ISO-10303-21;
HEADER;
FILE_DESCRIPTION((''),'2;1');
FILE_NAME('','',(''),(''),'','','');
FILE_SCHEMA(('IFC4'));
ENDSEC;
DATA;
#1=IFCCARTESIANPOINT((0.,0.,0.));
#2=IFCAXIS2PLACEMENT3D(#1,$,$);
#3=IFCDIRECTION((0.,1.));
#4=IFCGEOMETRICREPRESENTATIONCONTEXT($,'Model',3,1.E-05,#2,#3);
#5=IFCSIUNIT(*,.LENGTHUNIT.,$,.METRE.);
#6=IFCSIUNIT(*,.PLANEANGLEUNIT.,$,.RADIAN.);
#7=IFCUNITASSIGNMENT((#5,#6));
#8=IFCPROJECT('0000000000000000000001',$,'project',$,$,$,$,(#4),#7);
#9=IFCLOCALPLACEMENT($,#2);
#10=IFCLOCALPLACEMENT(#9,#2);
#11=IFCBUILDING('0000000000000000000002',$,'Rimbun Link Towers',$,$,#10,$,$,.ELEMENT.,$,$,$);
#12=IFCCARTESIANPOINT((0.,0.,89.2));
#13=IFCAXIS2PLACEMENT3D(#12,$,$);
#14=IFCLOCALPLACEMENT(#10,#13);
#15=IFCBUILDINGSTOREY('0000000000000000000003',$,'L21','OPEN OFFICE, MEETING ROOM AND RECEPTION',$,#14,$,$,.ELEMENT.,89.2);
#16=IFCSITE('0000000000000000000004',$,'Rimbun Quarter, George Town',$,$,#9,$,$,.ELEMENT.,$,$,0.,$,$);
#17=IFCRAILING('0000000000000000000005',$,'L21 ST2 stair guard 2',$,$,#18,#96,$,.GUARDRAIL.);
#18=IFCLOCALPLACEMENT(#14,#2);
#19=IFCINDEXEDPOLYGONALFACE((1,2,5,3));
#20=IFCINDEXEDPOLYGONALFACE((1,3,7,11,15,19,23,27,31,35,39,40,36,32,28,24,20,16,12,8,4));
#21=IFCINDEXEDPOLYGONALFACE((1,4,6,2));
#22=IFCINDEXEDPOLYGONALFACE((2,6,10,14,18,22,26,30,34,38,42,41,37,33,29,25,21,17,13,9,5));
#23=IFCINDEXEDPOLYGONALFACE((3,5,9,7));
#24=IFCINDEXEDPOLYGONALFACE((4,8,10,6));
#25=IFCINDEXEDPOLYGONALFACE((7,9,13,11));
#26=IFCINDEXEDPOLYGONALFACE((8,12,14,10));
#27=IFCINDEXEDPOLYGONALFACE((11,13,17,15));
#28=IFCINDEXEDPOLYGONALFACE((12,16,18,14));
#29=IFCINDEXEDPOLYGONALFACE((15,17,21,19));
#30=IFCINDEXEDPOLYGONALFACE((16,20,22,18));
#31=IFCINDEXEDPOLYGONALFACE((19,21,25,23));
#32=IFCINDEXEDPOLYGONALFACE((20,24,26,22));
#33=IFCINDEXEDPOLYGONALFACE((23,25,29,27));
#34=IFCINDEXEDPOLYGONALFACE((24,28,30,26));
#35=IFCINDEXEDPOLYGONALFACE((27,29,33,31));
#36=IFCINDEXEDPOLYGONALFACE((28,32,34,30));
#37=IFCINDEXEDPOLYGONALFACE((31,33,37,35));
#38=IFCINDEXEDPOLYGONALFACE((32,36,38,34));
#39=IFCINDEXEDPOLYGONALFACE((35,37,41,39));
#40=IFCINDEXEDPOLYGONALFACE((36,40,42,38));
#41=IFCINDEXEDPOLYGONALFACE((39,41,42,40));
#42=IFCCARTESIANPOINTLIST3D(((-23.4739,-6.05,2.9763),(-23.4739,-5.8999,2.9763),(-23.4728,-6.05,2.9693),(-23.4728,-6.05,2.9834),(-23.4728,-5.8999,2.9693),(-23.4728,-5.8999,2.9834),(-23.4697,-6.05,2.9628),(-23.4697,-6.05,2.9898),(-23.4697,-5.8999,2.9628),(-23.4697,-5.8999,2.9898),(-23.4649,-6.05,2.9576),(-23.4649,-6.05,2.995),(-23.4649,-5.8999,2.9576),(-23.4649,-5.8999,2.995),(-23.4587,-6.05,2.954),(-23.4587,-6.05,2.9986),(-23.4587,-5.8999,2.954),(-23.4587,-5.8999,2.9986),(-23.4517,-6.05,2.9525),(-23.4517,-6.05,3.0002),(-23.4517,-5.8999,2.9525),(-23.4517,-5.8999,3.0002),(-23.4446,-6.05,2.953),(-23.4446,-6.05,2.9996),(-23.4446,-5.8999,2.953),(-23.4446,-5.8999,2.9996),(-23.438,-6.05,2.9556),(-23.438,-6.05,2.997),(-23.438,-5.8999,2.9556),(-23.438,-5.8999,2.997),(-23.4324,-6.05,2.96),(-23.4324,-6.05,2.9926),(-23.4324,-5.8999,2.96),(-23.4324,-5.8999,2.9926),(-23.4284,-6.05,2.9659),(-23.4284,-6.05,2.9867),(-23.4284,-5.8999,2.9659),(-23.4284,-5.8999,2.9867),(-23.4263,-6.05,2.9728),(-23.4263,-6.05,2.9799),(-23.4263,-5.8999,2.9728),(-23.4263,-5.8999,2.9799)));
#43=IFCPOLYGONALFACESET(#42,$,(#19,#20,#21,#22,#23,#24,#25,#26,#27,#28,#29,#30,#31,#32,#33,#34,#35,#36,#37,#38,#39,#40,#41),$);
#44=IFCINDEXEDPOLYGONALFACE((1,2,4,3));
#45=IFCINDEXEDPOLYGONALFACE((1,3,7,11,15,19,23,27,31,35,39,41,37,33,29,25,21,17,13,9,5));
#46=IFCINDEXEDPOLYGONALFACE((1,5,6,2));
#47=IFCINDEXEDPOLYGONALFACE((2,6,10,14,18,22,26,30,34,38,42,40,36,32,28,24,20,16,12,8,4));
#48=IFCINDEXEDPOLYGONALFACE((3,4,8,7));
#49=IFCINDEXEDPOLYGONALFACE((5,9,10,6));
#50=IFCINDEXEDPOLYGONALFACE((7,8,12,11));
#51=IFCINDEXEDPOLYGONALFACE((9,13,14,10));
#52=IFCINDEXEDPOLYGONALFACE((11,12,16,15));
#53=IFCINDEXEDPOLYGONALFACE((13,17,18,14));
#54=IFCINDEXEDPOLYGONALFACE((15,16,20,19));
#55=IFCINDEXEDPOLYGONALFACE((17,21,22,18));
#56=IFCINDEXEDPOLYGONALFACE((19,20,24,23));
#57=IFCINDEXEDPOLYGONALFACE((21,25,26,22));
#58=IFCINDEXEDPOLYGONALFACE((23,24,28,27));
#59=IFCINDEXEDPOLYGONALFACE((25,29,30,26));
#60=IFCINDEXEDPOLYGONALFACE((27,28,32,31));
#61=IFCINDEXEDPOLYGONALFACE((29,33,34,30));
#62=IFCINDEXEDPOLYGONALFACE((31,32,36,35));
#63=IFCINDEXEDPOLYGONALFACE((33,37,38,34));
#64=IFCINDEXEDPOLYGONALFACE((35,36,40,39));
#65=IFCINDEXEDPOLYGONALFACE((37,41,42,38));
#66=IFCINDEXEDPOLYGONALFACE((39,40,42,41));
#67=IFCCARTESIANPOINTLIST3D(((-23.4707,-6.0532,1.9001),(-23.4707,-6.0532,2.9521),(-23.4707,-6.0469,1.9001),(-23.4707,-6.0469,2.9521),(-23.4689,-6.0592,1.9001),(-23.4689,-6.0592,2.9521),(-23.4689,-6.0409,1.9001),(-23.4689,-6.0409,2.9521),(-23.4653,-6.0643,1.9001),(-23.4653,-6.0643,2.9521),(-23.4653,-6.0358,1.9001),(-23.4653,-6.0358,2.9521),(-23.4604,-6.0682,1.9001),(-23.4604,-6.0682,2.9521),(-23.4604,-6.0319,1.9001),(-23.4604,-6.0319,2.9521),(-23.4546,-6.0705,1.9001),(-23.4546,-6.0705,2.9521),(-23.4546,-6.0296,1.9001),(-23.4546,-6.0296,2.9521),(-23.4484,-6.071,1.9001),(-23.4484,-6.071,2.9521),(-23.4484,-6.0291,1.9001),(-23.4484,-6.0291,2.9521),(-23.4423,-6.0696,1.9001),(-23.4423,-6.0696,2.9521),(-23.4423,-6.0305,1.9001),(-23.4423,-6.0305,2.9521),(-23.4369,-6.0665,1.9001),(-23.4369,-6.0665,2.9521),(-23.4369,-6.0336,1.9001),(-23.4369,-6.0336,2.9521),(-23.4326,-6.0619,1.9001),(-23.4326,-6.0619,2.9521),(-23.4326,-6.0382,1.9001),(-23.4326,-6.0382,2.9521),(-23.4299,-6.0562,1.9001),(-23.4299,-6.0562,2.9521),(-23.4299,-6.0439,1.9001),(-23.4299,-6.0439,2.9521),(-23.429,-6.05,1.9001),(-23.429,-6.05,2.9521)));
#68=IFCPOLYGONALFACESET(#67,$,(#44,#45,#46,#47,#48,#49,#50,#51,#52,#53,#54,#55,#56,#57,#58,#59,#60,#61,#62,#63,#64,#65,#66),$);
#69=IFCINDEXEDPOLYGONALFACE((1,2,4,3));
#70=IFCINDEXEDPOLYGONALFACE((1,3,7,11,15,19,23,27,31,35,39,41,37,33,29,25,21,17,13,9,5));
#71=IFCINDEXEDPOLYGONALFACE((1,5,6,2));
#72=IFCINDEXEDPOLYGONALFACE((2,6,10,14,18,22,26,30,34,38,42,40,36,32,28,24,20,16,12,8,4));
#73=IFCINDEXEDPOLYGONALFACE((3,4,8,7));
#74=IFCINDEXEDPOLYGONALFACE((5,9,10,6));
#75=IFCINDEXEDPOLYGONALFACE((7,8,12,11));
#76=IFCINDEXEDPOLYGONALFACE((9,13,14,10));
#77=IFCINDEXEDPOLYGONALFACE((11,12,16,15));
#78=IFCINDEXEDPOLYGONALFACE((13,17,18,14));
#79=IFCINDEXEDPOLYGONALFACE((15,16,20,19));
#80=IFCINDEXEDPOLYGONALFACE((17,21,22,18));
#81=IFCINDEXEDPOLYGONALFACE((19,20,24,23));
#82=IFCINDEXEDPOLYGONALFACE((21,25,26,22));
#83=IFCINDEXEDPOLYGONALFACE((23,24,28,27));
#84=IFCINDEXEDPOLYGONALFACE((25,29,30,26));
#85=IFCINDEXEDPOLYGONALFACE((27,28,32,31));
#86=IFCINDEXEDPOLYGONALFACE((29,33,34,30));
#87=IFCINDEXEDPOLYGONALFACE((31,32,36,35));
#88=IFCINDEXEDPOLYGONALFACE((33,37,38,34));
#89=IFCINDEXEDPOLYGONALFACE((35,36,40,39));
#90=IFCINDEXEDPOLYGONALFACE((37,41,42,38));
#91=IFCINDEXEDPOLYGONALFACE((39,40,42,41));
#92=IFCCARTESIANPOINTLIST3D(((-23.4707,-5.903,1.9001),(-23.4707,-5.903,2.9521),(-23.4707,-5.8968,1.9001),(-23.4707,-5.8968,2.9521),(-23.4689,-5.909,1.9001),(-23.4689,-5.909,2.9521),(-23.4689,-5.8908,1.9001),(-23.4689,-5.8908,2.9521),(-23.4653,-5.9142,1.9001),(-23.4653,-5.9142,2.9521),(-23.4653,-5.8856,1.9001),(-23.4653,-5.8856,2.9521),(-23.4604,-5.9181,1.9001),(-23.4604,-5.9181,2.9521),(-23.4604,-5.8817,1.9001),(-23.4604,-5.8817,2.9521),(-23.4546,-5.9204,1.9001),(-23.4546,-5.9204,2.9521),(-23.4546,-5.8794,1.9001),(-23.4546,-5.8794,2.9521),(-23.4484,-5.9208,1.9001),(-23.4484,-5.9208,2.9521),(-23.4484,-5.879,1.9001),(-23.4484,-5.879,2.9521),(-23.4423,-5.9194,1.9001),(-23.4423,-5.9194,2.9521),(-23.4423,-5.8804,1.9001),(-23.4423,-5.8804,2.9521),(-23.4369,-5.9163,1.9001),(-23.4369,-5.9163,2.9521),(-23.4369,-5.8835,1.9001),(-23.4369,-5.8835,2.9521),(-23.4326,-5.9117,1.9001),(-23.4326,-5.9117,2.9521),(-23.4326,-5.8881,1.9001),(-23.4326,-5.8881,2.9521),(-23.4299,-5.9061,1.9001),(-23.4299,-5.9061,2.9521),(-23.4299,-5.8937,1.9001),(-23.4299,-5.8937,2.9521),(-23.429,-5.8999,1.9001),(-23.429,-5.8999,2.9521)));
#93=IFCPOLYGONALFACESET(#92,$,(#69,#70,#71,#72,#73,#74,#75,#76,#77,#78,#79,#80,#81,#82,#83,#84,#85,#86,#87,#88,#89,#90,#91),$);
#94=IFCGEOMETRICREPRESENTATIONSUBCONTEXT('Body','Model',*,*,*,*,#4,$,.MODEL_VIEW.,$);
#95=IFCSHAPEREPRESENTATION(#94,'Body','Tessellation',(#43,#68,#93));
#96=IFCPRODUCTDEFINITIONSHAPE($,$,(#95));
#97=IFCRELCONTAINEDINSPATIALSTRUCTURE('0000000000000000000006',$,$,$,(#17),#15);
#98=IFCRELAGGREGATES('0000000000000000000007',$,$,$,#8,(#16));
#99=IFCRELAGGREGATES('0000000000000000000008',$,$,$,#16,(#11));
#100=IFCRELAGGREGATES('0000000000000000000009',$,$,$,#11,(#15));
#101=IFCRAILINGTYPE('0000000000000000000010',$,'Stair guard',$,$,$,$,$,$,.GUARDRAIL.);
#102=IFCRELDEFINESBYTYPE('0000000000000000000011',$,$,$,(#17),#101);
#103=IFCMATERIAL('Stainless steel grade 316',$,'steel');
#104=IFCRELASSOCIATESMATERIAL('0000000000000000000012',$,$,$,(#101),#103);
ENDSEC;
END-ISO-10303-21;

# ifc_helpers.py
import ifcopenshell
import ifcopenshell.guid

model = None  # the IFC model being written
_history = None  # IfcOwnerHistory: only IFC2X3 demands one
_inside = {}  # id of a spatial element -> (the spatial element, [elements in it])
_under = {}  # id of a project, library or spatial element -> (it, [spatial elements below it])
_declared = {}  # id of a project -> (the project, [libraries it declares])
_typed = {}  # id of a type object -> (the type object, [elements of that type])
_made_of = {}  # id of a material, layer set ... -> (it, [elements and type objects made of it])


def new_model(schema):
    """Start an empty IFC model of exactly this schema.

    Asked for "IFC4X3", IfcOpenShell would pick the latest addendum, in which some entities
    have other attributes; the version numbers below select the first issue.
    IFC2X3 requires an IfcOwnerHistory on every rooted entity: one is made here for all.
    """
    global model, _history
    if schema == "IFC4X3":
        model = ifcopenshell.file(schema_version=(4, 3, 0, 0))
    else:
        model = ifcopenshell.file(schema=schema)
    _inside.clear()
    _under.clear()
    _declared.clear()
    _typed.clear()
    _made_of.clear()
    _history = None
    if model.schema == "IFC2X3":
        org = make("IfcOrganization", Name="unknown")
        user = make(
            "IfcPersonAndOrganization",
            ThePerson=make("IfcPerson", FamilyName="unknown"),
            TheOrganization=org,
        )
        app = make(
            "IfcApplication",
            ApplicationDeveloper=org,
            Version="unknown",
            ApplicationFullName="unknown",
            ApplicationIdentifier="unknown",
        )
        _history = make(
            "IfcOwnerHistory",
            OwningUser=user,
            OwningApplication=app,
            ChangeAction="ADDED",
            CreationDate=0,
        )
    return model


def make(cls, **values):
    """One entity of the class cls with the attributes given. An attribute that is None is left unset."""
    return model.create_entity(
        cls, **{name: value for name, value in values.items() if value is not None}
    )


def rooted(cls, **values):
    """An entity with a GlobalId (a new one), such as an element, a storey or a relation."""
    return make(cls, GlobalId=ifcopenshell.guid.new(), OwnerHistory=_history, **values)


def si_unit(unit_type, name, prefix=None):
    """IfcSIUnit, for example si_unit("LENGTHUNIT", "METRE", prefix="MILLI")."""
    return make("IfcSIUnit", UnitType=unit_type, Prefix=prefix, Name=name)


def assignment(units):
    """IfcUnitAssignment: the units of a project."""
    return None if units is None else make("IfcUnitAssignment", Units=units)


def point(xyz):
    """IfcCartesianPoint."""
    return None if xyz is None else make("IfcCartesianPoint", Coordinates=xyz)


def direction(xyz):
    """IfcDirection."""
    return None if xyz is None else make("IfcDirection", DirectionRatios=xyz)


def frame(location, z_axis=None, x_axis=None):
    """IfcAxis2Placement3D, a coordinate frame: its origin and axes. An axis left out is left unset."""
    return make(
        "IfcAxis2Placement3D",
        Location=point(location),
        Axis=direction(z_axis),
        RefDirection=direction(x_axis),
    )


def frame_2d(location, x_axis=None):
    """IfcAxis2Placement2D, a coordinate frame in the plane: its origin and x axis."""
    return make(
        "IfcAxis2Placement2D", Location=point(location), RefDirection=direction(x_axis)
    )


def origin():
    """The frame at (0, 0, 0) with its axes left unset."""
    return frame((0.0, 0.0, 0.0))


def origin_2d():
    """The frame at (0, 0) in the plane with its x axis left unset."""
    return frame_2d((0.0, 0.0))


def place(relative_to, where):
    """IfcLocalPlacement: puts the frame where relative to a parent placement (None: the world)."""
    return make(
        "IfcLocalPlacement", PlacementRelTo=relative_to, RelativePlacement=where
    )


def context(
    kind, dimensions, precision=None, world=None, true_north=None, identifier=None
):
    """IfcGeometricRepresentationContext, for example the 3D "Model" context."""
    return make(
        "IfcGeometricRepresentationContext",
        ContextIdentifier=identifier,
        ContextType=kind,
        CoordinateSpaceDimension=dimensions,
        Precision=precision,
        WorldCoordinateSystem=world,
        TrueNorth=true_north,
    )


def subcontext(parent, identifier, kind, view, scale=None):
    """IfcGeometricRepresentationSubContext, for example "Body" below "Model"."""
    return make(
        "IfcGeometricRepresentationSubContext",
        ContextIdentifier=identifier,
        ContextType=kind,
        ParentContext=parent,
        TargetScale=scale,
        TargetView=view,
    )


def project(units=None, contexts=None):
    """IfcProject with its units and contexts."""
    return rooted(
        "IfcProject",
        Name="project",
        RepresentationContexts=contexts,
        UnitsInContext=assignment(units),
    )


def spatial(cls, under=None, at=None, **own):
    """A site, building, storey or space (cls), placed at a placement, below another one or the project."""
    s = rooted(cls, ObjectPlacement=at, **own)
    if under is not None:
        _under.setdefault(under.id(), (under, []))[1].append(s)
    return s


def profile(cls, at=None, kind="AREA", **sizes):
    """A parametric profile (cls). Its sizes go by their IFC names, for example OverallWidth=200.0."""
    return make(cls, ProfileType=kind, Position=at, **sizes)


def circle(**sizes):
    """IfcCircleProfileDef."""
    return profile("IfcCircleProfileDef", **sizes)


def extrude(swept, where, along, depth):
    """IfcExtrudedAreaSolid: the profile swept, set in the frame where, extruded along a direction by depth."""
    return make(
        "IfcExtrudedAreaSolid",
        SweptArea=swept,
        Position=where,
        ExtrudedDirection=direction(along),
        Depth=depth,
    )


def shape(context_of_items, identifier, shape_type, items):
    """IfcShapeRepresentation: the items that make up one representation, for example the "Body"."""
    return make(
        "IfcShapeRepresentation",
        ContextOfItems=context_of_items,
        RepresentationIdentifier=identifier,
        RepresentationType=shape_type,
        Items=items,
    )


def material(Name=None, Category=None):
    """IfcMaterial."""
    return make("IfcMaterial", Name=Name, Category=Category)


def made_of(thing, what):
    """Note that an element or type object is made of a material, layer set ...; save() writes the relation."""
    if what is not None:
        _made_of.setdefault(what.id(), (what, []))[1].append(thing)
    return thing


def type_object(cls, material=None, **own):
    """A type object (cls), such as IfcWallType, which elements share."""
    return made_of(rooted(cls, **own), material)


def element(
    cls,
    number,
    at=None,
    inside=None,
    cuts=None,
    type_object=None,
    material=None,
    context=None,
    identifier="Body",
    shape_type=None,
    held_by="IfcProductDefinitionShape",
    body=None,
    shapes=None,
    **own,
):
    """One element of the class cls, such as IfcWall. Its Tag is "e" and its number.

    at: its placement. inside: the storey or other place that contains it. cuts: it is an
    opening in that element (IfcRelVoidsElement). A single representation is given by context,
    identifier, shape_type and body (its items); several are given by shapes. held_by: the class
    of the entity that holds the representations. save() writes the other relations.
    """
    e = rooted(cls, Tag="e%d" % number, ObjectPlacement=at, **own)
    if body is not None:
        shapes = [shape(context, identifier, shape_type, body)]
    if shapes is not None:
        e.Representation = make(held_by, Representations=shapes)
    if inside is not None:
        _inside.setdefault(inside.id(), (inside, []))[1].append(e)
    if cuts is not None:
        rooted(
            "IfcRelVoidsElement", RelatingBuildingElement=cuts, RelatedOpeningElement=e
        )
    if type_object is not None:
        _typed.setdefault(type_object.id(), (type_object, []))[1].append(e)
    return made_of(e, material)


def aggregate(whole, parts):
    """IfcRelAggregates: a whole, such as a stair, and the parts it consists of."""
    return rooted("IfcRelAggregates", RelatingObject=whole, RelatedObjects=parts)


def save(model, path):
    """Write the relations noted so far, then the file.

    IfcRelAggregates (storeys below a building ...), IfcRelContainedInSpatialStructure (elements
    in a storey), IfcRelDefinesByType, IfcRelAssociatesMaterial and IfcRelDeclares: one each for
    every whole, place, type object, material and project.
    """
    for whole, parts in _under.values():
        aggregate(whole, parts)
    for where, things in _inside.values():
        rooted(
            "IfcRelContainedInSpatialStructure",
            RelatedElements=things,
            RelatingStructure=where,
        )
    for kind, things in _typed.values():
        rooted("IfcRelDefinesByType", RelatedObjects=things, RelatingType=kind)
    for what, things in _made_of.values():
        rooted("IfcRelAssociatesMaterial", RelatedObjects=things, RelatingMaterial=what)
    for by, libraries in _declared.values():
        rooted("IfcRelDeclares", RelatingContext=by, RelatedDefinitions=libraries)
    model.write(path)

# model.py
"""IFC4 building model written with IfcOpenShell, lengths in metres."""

from ifc_helpers import new_model, si_unit, direction, frame, origin, origin_2d, place, context, subcontext, project, spatial, circle, extrude, material, type_object, element, save


model = new_model("IFC4")

# Units and contexts
model_context = context("Model", 3, precision=1e-05, world=origin(), true_north=direction((0.0, 1.0)))
body_context = subcontext(model_context, "Body", "Model", "MODEL_VIEW")
ifc_project = project(units=[si_unit("LENGTHUNIT", "METRE"), si_unit("PLANEANGLEUNIT", "RADIAN")], contexts=[model_context])

# Site, building, storey
site_placement = place(None, origin())
site = spatial("IfcSite", under=ifc_project, at=site_placement, Name="Rimbun Quarter, George Town", CompositionType="ELEMENT", RefElevation=0.0)
building_placement = place(site_placement, origin())
building = spatial("IfcBuilding", under=site, at=building_placement, Name="Rimbun Link Towers", CompositionType="ELEMENT")
storey_placement = place(building_placement, frame((0.0, 0.0, 89.2)))
storey = spatial("IfcBuildingStorey", under=building, at=storey_placement, Name="L21", Description="OPEN OFFICE, MEETING ROOM AND RECEPTION", CompositionType="ELEMENT", Elevation=89.2)

# Railing
ifc_material_1 = material(Name="Stainless steel grade 316", Category="steel")
railing_type_1 = type_object("IfcRailingType", Name="Stair guard", PredefinedType="GUARDRAIL", material=ifc_material_1)
railing_1_placement = place(storey_placement, frame((-23.45, -6.05, 1.9001)))
element("IfcRailing", 1, at=railing_1_placement, inside=storey, type_object=railing_type_1, Name="L21 ST2 stair guard 2", PredefinedType="GUARDRAIL", context=body_context, shape_type="SweptSolid", body=[
    extrude(circle(Radius=0.0239, at=origin_2d()), frame((0.0, 0.0, 1.0762), z_axis=(0.0, 1.0, 0.0), x_axis=(-1.0, 0.0, 0.0)), (0.0, 0.0, 1.0), 0.1501),
    extrude(circle(Radius=0.021, at=origin_2d()), origin(), (0.0, 0.0, 1.0), 1.052),
    extrude(circle(Radius=0.021, at=origin_2d()), frame((0.0, 0.1501, 0.0)), (0.0, 0.0, 1.0), 1.052),
])

save(model, "model.ifc")
